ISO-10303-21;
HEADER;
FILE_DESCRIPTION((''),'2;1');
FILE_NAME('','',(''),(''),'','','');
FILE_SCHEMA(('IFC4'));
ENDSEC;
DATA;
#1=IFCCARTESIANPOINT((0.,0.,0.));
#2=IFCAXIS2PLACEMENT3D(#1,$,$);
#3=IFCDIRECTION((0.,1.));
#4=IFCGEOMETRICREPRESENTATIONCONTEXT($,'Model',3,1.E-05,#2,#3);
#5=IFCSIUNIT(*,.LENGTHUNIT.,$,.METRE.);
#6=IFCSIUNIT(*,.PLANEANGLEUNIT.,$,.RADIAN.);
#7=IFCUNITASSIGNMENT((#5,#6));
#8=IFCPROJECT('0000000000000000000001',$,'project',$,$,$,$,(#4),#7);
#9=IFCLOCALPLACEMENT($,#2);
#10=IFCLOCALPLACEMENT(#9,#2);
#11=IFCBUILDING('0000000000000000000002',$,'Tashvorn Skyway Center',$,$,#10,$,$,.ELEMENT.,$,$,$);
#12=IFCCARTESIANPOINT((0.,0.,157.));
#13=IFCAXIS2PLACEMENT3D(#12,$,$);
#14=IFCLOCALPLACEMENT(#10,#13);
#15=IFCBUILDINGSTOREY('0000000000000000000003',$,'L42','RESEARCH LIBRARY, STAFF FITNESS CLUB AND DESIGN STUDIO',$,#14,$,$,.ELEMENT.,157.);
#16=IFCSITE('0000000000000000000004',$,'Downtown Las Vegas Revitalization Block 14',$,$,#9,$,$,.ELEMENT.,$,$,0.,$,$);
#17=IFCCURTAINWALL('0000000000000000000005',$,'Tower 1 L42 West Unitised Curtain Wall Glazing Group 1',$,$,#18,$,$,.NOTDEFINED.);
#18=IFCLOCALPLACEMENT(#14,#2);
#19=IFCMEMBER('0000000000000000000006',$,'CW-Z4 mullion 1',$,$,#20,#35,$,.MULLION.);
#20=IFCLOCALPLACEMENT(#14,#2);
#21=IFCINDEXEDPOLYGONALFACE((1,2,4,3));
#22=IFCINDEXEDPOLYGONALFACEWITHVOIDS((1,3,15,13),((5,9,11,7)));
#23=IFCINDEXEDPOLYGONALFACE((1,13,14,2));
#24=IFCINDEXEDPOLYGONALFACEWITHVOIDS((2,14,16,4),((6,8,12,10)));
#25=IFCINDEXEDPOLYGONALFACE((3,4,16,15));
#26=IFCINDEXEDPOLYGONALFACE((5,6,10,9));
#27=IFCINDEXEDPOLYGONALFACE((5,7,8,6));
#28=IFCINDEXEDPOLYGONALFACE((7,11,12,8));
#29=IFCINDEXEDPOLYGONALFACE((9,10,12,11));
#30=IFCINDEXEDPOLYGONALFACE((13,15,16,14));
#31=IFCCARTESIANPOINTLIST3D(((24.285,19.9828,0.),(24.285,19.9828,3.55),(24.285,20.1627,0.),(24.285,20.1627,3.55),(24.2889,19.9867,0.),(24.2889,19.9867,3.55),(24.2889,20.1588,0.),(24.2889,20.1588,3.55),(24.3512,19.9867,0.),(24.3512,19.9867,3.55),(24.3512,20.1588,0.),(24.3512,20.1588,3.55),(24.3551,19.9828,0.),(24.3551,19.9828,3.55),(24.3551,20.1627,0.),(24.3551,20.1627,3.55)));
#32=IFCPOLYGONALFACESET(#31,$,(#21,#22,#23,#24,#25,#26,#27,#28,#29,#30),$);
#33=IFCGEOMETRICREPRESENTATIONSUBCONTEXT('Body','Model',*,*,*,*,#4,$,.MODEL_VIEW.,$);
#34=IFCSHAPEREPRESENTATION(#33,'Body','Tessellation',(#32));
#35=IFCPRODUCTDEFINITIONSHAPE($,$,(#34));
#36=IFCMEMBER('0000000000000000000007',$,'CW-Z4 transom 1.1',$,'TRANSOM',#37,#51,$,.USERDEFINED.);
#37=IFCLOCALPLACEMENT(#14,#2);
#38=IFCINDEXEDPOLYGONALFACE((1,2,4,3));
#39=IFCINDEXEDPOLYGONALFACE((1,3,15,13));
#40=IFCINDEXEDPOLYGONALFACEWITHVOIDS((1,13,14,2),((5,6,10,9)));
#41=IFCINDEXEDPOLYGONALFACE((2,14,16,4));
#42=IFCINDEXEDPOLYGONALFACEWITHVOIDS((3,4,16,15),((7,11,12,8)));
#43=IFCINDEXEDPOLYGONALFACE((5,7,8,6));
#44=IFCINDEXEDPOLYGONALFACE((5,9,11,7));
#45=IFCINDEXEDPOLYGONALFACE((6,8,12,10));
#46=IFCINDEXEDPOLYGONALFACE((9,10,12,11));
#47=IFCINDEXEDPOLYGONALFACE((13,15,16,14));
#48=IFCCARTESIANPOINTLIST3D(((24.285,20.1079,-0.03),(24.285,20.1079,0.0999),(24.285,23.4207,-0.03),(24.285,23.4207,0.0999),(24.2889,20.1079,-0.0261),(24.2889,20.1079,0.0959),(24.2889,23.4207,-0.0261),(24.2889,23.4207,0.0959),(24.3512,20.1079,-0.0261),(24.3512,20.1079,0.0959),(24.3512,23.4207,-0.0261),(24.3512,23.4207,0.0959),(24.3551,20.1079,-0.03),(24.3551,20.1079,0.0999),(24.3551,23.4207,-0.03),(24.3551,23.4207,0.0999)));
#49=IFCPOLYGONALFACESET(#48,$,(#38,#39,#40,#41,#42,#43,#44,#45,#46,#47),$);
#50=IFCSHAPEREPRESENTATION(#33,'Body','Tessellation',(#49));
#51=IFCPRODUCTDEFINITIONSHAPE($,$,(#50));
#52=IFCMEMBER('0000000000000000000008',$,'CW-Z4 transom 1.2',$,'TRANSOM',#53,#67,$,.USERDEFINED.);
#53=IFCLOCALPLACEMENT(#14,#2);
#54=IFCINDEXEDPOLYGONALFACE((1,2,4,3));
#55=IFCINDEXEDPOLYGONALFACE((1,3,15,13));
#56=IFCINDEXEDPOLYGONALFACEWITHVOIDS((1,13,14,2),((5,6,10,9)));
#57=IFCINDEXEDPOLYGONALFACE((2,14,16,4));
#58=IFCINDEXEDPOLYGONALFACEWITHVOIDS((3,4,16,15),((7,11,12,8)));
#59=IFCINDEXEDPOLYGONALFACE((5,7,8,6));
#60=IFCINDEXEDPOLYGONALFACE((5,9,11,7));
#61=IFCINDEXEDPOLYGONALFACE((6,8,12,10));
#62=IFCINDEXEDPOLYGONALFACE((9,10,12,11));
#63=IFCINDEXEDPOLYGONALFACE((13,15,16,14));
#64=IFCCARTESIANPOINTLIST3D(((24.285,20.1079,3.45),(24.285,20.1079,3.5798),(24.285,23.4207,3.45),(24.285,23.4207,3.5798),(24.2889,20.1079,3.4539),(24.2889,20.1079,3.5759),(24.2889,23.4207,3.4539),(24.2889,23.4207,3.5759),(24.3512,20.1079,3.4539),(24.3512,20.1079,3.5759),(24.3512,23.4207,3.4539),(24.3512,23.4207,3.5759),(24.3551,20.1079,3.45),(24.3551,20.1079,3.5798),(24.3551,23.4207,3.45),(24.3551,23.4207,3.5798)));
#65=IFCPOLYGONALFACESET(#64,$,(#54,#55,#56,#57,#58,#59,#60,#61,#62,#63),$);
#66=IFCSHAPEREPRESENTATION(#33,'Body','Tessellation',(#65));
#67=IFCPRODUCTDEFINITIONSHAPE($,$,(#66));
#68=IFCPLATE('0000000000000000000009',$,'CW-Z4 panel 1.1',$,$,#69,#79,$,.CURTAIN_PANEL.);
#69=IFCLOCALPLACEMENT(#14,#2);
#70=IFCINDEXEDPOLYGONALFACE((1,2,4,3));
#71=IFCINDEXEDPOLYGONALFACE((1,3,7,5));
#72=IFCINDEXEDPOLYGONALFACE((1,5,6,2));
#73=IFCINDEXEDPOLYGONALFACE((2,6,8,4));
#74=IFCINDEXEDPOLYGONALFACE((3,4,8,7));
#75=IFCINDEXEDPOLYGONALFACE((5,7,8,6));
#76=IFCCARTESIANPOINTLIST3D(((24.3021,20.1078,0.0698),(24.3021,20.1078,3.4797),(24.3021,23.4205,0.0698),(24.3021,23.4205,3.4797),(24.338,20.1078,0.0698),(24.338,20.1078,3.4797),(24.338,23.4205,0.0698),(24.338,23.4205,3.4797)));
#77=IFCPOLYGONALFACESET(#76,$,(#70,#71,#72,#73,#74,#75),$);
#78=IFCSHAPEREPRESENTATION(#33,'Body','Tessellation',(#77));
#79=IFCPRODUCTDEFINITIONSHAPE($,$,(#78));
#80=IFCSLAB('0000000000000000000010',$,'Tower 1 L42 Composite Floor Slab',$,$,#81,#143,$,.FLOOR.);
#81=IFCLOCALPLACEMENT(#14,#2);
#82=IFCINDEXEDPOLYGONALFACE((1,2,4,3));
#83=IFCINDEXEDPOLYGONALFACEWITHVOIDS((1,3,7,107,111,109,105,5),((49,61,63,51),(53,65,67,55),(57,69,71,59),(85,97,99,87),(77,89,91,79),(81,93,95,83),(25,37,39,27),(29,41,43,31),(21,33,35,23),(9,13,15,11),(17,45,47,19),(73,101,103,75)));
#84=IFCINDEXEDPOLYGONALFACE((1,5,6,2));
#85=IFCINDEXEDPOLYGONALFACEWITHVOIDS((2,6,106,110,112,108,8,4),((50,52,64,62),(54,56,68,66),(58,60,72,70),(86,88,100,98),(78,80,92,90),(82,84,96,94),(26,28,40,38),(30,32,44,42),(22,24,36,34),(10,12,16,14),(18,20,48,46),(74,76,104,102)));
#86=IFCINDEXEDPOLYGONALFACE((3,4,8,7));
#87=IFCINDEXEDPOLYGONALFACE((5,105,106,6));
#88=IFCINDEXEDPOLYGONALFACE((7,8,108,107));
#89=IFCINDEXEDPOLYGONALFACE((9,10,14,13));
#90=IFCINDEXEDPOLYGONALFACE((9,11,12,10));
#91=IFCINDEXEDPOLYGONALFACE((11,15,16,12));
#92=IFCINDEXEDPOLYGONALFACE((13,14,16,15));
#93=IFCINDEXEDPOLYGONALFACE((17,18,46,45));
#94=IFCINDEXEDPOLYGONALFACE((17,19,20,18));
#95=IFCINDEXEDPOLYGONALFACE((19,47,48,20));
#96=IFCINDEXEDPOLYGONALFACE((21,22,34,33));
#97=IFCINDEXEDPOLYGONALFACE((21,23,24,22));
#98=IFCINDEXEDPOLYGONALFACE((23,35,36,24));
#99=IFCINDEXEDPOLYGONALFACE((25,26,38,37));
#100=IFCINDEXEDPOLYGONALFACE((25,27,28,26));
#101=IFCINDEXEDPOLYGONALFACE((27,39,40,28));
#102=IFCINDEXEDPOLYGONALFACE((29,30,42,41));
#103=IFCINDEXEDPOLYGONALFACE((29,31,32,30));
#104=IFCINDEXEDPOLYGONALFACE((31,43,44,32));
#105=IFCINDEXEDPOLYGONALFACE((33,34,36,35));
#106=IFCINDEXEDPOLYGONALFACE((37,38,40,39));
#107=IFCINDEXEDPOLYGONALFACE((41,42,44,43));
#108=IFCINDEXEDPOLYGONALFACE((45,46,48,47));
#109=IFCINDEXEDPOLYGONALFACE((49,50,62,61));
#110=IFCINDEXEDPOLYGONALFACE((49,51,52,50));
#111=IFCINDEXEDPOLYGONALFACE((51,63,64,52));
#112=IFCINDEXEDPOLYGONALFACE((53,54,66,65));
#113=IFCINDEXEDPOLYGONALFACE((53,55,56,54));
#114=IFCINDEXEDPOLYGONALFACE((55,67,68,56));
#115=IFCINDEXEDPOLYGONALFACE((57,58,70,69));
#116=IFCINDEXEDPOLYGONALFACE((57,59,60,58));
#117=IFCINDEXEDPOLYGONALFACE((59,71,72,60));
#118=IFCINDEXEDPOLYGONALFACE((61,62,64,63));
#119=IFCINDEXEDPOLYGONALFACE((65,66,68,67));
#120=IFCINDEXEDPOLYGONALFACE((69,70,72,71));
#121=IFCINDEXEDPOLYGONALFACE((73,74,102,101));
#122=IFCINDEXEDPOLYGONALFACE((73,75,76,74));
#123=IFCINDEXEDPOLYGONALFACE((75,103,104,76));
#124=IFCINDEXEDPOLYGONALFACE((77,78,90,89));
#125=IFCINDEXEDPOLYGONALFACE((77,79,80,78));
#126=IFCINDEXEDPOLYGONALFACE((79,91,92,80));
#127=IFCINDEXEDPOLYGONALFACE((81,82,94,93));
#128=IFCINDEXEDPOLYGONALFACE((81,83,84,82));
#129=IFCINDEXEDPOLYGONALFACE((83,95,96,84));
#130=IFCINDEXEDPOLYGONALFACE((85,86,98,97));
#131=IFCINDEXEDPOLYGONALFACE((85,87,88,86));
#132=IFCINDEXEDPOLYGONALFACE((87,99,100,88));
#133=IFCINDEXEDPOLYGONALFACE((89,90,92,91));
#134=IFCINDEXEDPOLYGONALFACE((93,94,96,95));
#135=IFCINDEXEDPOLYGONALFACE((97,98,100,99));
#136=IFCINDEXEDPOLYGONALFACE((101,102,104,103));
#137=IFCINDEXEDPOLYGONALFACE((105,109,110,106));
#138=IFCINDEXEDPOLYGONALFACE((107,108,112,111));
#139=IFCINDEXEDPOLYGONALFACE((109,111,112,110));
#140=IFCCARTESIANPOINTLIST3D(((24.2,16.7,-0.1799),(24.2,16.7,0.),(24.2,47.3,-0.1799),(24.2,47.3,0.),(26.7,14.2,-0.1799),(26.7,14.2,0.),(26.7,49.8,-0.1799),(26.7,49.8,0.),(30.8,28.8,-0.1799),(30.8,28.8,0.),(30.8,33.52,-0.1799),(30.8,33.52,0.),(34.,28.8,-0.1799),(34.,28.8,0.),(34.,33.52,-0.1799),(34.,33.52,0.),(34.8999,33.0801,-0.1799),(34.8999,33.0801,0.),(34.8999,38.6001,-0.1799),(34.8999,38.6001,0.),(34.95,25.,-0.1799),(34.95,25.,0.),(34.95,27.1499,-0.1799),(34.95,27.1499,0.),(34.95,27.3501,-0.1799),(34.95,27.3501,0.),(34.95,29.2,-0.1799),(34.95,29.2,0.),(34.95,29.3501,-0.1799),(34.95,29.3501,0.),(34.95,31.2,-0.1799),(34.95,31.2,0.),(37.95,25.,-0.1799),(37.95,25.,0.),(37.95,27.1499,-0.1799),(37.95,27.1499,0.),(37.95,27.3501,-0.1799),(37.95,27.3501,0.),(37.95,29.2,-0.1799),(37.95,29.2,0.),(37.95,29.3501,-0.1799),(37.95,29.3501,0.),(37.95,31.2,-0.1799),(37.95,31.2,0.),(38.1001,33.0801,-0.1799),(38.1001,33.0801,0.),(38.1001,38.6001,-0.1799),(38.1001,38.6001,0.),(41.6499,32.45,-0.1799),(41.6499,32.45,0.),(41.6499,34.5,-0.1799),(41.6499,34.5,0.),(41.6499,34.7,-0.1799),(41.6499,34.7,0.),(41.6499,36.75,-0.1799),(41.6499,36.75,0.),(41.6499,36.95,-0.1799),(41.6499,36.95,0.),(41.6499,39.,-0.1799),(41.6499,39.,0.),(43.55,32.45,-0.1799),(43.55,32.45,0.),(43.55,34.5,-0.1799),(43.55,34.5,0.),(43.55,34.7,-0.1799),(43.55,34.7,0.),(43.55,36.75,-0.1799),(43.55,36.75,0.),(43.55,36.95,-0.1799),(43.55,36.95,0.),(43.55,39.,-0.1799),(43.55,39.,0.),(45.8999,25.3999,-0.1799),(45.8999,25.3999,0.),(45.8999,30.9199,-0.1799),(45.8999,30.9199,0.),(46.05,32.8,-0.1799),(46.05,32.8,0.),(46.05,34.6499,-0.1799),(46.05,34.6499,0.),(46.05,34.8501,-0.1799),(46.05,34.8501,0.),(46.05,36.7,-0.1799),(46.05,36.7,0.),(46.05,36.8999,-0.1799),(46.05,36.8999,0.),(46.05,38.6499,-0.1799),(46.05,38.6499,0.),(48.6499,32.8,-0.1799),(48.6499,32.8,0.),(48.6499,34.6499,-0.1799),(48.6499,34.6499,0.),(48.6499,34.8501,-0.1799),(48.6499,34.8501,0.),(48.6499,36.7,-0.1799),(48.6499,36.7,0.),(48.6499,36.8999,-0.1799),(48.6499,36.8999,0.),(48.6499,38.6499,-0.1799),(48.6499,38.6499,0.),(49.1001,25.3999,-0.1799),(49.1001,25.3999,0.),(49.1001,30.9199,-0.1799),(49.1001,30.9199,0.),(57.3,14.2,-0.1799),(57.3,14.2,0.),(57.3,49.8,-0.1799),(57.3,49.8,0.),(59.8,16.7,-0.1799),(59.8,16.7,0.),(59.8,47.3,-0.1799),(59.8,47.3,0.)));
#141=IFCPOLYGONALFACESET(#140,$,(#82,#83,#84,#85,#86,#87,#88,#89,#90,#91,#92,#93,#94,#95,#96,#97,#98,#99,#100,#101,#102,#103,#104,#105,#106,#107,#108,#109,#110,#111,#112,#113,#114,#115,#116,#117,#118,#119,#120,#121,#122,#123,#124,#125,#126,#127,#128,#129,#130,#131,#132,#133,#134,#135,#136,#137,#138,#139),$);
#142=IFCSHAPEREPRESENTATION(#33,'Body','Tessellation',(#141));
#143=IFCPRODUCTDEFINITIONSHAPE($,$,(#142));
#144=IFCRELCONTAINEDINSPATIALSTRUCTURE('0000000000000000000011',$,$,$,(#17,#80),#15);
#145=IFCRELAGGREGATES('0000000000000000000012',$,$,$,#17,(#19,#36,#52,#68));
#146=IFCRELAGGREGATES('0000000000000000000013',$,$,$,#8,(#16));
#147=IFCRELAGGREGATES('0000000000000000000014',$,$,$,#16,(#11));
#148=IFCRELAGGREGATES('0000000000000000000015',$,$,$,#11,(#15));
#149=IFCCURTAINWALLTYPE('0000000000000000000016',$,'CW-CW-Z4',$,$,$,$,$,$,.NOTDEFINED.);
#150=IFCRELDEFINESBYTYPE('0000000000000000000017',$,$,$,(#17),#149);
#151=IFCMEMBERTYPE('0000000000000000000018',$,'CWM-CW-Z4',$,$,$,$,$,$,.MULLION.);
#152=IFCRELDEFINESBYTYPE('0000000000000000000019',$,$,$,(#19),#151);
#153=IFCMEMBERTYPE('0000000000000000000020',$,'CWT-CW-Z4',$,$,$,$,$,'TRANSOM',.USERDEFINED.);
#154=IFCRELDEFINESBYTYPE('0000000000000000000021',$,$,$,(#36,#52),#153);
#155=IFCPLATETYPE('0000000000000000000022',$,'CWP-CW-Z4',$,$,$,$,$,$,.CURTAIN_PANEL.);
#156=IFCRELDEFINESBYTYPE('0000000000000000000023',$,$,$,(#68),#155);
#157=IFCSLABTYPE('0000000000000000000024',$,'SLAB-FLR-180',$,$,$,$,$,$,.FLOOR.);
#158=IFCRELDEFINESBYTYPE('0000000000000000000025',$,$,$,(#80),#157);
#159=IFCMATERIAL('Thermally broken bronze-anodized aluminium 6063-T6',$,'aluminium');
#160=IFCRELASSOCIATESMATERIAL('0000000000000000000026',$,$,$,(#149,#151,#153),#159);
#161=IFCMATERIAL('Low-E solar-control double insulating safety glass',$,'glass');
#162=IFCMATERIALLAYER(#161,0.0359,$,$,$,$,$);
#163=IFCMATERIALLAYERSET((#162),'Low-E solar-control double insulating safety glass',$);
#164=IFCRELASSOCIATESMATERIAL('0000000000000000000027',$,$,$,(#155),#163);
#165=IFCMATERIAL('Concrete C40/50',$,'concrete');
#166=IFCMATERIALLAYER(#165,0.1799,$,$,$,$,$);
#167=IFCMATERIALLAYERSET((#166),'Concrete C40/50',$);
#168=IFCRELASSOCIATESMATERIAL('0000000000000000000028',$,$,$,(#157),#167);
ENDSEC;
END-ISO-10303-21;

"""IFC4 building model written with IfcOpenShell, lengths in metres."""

from ifc_helpers import new_model, si_unit, direction, frame, origin, origin_2d, place, context, subcontext, project, spatial, polyline, rectangle, hollow_rectangle, outline, extrude, material, layer, layer_set, material_profile, profile_set, type_object, element, aggregate, save


model = new_model("IFC4")

# Units and contexts
model_context = context("Model", 3, precision=1e-05, world=origin(), true_north=direction((0.0, 1.0)))
body_context = subcontext(model_context, "Body", "Model", "MODEL_VIEW")
ifc_project = project(units=[si_unit("LENGTHUNIT", "METRE"), si_unit("PLANEANGLEUNIT", "RADIAN")], contexts=[model_context])

# Site, building, storey
site_placement = place(None, origin())
site = spatial("IfcSite", under=ifc_project, at=site_placement, Name="Downtown Las Vegas Revitalization Block 14", CompositionType="ELEMENT", RefElevation=0.0)
building_placement = place(site_placement, origin())
building = spatial("IfcBuilding", under=site, at=building_placement, Name="Tashvorn Skyway Center", CompositionType="ELEMENT")
storey_placement = place(building_placement, frame((0.0, 0.0, 157.0)))
storey = spatial("IfcBuildingStorey", under=building, at=storey_placement, Name="L42", Description="RESEARCH LIBRARY, STAFF FITNESS CLUB AND DESIGN STUDIO", CompositionType="ELEMENT", Elevation=157.0)

# Curtain wall, members, plate
ifc_material_1 = material(Name="Thermally broken bronze-anodized aluminium 6063-T6", Category="aluminium")
curtain_wall_type = type_object("IfcCurtainWallType", Name="CW-CW-Z4", PredefinedType="NOTDEFINED", material=ifc_material_1)
curtain_wall_placement = place(storey_placement, origin())
curtain_wall = element("IfcCurtainWall", 1, at=curtain_wall_placement, inside=storey, type_object=curtain_wall_type, Name="Tower 1 L42 West Unitised Curtain Wall Glazing Group 1", PredefinedType="NOTDEFINED")
ifc_material_profile_1 = material_profile(ifc_material_1, hollow_rectangle(XDim=0.0701, YDim=0.1799, WallThickness=0.0039, at=origin_2d()), Name="ALU-MULL-70x180")
ifc_profile_set_1 = profile_set([ifc_material_profile_1], Name="Thermally broken bronze-anodized aluminium 6063-T6")
member_type_1 = type_object("IfcMemberType", Name="CWM-CW-Z4", PredefinedType="MULLION", material=ifc_profile_set_1)
member_1_placement = place(storey_placement, frame((24.3201, 20.0728, 0.0), z_axis=(0.0, 0.0, 1.0), x_axis=(-1.0, 0.0, 0.0)))
member_1 = element("IfcMember", 2, at=member_1_placement, type_object=member_type_1, Name="CW-Z4 mullion 1", PredefinedType="MULLION", context=body_context, shape_type="SweptSolid", body=[
    extrude(hollow_rectangle(XDim=0.0701, YDim=0.1799, WallThickness=0.0039, at=origin_2d()), origin(), (0.0, 0.0, 1.0), 3.55),
])
ifc_material_profile_2 = material_profile(ifc_material_1, hollow_rectangle(XDim=0.0701, YDim=0.1299, WallThickness=0.0039, at=origin_2d()), Name="ALU-TRAN-70x130")
ifc_profile_set_2 = profile_set([ifc_material_profile_2], Name="Thermally broken bronze-anodized aluminium 6063-T6")
member_type_2 = type_object("IfcMemberType", Name="CWT-CW-Z4", ElementType="TRANSOM", PredefinedType="USERDEFINED", material=ifc_profile_set_2)
member_2_placement = place(storey_placement, frame((24.3201, 20.1079, 0.0349), z_axis=(0.0, 1.0, 0.0), x_axis=(-1.0, 0.0, 0.0)))
member_2 = element("IfcMember", 3, at=member_2_placement, type_object=member_type_2, Name="CW-Z4 transom 1.1", ObjectType="TRANSOM", PredefinedType="USERDEFINED", context=body_context, shape_type="SweptSolid", body=[
    extrude(hollow_rectangle(XDim=0.0701, YDim=0.1299, WallThickness=0.0039, at=origin_2d()), origin(), (0.0, 0.0, 1.0), 3.3127),
])
member_3_placement = place(storey_placement, frame((24.3201, 20.1079, 3.5149), z_axis=(0.0, 1.0, 0.0), x_axis=(-1.0, 0.0, 0.0)))
member_3 = element("IfcMember", 4, at=member_3_placement, type_object=member_type_2, Name="CW-Z4 transom 1.2", ObjectType="TRANSOM", PredefinedType="USERDEFINED", context=body_context, shape_type="SweptSolid", body=[
    extrude(hollow_rectangle(XDim=0.0701, YDim=0.1299, WallThickness=0.0039, at=origin_2d()), origin(), (0.0, 0.0, 1.0), 3.3127),
])
ifc_material_2 = material(Name="Low-E solar-control double insulating safety glass", Category="glass")
ifc_layer_1 = layer(ifc_material_2, 0.0359)
ifc_layer_set_1 = layer_set([ifc_layer_1], Name="Low-E solar-control double insulating safety glass")
plate_type = type_object("IfcPlateType", Name="CWP-CW-Z4", PredefinedType="CURTAIN_PANEL", material=ifc_layer_set_1)
plate_placement = place(storey_placement, frame((24.3201, 21.7642, 0.0698), z_axis=(0.0, 0.0, 1.0), x_axis=(0.0, 1.0, 0.0)))
plate = element("IfcPlate", 5, at=plate_placement, type_object=plate_type, Name="CW-Z4 panel 1.1", PredefinedType="CURTAIN_PANEL", context=body_context, shape_type="SweptSolid", body=[
    extrude(rectangle(XDim=3.3127, YDim=0.0359, at=origin_2d()), origin(), (0.0, 0.0, 1.0), 3.4099),
])
aggregate(curtain_wall, [member_1, member_2, member_3, plate])

# Slab
ifc_material_3 = material(Name="Concrete C40/50", Category="concrete")
ifc_layer_2 = layer(ifc_material_3, 0.1799)
ifc_layer_set_2 = layer_set([ifc_layer_2], Name="Concrete C40/50")
slab_type_1 = type_object("IfcSlabType", Name="SLAB-FLR-180", PredefinedType="FLOOR", material=ifc_layer_set_2)
slab_1_placement = place(storey_placement, frame((0.0, 0.0, -0.1799)))
element("IfcSlab", 6, at=slab_1_placement, inside=storey, type_object=slab_type_1, Name="Tower 1 L42 Composite Floor Slab", PredefinedType="FLOOR", context=body_context, shape_type="SweptSolid", body=[
    extrude(outline(polyline([(26.7, 14.2), (57.3, 14.2), (59.8, 16.7), (59.8, 47.3), (57.3, 49.8), (26.7, 49.8), (24.2, 47.3), (24.2, 16.7), (26.7, 14.2)]), holes=[polyline([(38.1001, 33.0801), (38.1001, 38.6001), (34.8999, 38.6001), (34.8999, 33.0801), (38.1001, 33.0801)]), polyline([(45.8999, 30.9199), (45.8999, 25.3999), (49.1001, 25.3999), (49.1001, 30.9199), (45.8999, 30.9199)]), polyline([(30.8, 33.52), (30.8, 28.8), (34.0, 28.8), (34.0, 33.52), (30.8, 33.52)]), polyline([(34.95, 29.3501), (37.95, 29.3501), (37.95, 31.2), (34.95, 31.2), (34.95, 29.3501)]), polyline([(34.95, 27.3501), (37.95, 27.3501), (37.95, 29.2), (34.95, 29.2), (34.95, 27.3501)]), polyline([(34.95, 25.0), (37.95, 25.0), (37.95, 27.1499), (34.95, 27.1499), (34.95, 25.0)]), polyline([(41.6499, 32.45), (43.55, 32.45), (43.55, 34.5), (41.6499, 34.5), (41.6499, 32.45)]), polyline([(41.6499, 34.7), (43.55, 34.7), (43.55, 36.75), (41.6499, 36.75), (41.6499, 34.7)]), polyline([(41.6499, 36.95), (43.55, 36.95), (43.55, 39.0), (41.6499, 39.0), (41.6499, 36.95)]), polyline([(46.05, 32.8), (48.6499, 32.8), (48.6499, 34.6499), (46.05, 34.6499), (46.05, 32.8)]), polyline([(46.05, 34.8501), (48.6499, 34.8501), (48.6499, 36.7), (46.05, 36.7), (46.05, 34.8501)]), polyline([(46.05, 36.8999), (48.6499, 36.8999), (48.6499, 38.6499), (46.05, 38.6499), (46.05, 36.8999)])]), origin(), (0.0, 0.0, 1.0), 0.1799),
])

save(model, "model.ifc")
